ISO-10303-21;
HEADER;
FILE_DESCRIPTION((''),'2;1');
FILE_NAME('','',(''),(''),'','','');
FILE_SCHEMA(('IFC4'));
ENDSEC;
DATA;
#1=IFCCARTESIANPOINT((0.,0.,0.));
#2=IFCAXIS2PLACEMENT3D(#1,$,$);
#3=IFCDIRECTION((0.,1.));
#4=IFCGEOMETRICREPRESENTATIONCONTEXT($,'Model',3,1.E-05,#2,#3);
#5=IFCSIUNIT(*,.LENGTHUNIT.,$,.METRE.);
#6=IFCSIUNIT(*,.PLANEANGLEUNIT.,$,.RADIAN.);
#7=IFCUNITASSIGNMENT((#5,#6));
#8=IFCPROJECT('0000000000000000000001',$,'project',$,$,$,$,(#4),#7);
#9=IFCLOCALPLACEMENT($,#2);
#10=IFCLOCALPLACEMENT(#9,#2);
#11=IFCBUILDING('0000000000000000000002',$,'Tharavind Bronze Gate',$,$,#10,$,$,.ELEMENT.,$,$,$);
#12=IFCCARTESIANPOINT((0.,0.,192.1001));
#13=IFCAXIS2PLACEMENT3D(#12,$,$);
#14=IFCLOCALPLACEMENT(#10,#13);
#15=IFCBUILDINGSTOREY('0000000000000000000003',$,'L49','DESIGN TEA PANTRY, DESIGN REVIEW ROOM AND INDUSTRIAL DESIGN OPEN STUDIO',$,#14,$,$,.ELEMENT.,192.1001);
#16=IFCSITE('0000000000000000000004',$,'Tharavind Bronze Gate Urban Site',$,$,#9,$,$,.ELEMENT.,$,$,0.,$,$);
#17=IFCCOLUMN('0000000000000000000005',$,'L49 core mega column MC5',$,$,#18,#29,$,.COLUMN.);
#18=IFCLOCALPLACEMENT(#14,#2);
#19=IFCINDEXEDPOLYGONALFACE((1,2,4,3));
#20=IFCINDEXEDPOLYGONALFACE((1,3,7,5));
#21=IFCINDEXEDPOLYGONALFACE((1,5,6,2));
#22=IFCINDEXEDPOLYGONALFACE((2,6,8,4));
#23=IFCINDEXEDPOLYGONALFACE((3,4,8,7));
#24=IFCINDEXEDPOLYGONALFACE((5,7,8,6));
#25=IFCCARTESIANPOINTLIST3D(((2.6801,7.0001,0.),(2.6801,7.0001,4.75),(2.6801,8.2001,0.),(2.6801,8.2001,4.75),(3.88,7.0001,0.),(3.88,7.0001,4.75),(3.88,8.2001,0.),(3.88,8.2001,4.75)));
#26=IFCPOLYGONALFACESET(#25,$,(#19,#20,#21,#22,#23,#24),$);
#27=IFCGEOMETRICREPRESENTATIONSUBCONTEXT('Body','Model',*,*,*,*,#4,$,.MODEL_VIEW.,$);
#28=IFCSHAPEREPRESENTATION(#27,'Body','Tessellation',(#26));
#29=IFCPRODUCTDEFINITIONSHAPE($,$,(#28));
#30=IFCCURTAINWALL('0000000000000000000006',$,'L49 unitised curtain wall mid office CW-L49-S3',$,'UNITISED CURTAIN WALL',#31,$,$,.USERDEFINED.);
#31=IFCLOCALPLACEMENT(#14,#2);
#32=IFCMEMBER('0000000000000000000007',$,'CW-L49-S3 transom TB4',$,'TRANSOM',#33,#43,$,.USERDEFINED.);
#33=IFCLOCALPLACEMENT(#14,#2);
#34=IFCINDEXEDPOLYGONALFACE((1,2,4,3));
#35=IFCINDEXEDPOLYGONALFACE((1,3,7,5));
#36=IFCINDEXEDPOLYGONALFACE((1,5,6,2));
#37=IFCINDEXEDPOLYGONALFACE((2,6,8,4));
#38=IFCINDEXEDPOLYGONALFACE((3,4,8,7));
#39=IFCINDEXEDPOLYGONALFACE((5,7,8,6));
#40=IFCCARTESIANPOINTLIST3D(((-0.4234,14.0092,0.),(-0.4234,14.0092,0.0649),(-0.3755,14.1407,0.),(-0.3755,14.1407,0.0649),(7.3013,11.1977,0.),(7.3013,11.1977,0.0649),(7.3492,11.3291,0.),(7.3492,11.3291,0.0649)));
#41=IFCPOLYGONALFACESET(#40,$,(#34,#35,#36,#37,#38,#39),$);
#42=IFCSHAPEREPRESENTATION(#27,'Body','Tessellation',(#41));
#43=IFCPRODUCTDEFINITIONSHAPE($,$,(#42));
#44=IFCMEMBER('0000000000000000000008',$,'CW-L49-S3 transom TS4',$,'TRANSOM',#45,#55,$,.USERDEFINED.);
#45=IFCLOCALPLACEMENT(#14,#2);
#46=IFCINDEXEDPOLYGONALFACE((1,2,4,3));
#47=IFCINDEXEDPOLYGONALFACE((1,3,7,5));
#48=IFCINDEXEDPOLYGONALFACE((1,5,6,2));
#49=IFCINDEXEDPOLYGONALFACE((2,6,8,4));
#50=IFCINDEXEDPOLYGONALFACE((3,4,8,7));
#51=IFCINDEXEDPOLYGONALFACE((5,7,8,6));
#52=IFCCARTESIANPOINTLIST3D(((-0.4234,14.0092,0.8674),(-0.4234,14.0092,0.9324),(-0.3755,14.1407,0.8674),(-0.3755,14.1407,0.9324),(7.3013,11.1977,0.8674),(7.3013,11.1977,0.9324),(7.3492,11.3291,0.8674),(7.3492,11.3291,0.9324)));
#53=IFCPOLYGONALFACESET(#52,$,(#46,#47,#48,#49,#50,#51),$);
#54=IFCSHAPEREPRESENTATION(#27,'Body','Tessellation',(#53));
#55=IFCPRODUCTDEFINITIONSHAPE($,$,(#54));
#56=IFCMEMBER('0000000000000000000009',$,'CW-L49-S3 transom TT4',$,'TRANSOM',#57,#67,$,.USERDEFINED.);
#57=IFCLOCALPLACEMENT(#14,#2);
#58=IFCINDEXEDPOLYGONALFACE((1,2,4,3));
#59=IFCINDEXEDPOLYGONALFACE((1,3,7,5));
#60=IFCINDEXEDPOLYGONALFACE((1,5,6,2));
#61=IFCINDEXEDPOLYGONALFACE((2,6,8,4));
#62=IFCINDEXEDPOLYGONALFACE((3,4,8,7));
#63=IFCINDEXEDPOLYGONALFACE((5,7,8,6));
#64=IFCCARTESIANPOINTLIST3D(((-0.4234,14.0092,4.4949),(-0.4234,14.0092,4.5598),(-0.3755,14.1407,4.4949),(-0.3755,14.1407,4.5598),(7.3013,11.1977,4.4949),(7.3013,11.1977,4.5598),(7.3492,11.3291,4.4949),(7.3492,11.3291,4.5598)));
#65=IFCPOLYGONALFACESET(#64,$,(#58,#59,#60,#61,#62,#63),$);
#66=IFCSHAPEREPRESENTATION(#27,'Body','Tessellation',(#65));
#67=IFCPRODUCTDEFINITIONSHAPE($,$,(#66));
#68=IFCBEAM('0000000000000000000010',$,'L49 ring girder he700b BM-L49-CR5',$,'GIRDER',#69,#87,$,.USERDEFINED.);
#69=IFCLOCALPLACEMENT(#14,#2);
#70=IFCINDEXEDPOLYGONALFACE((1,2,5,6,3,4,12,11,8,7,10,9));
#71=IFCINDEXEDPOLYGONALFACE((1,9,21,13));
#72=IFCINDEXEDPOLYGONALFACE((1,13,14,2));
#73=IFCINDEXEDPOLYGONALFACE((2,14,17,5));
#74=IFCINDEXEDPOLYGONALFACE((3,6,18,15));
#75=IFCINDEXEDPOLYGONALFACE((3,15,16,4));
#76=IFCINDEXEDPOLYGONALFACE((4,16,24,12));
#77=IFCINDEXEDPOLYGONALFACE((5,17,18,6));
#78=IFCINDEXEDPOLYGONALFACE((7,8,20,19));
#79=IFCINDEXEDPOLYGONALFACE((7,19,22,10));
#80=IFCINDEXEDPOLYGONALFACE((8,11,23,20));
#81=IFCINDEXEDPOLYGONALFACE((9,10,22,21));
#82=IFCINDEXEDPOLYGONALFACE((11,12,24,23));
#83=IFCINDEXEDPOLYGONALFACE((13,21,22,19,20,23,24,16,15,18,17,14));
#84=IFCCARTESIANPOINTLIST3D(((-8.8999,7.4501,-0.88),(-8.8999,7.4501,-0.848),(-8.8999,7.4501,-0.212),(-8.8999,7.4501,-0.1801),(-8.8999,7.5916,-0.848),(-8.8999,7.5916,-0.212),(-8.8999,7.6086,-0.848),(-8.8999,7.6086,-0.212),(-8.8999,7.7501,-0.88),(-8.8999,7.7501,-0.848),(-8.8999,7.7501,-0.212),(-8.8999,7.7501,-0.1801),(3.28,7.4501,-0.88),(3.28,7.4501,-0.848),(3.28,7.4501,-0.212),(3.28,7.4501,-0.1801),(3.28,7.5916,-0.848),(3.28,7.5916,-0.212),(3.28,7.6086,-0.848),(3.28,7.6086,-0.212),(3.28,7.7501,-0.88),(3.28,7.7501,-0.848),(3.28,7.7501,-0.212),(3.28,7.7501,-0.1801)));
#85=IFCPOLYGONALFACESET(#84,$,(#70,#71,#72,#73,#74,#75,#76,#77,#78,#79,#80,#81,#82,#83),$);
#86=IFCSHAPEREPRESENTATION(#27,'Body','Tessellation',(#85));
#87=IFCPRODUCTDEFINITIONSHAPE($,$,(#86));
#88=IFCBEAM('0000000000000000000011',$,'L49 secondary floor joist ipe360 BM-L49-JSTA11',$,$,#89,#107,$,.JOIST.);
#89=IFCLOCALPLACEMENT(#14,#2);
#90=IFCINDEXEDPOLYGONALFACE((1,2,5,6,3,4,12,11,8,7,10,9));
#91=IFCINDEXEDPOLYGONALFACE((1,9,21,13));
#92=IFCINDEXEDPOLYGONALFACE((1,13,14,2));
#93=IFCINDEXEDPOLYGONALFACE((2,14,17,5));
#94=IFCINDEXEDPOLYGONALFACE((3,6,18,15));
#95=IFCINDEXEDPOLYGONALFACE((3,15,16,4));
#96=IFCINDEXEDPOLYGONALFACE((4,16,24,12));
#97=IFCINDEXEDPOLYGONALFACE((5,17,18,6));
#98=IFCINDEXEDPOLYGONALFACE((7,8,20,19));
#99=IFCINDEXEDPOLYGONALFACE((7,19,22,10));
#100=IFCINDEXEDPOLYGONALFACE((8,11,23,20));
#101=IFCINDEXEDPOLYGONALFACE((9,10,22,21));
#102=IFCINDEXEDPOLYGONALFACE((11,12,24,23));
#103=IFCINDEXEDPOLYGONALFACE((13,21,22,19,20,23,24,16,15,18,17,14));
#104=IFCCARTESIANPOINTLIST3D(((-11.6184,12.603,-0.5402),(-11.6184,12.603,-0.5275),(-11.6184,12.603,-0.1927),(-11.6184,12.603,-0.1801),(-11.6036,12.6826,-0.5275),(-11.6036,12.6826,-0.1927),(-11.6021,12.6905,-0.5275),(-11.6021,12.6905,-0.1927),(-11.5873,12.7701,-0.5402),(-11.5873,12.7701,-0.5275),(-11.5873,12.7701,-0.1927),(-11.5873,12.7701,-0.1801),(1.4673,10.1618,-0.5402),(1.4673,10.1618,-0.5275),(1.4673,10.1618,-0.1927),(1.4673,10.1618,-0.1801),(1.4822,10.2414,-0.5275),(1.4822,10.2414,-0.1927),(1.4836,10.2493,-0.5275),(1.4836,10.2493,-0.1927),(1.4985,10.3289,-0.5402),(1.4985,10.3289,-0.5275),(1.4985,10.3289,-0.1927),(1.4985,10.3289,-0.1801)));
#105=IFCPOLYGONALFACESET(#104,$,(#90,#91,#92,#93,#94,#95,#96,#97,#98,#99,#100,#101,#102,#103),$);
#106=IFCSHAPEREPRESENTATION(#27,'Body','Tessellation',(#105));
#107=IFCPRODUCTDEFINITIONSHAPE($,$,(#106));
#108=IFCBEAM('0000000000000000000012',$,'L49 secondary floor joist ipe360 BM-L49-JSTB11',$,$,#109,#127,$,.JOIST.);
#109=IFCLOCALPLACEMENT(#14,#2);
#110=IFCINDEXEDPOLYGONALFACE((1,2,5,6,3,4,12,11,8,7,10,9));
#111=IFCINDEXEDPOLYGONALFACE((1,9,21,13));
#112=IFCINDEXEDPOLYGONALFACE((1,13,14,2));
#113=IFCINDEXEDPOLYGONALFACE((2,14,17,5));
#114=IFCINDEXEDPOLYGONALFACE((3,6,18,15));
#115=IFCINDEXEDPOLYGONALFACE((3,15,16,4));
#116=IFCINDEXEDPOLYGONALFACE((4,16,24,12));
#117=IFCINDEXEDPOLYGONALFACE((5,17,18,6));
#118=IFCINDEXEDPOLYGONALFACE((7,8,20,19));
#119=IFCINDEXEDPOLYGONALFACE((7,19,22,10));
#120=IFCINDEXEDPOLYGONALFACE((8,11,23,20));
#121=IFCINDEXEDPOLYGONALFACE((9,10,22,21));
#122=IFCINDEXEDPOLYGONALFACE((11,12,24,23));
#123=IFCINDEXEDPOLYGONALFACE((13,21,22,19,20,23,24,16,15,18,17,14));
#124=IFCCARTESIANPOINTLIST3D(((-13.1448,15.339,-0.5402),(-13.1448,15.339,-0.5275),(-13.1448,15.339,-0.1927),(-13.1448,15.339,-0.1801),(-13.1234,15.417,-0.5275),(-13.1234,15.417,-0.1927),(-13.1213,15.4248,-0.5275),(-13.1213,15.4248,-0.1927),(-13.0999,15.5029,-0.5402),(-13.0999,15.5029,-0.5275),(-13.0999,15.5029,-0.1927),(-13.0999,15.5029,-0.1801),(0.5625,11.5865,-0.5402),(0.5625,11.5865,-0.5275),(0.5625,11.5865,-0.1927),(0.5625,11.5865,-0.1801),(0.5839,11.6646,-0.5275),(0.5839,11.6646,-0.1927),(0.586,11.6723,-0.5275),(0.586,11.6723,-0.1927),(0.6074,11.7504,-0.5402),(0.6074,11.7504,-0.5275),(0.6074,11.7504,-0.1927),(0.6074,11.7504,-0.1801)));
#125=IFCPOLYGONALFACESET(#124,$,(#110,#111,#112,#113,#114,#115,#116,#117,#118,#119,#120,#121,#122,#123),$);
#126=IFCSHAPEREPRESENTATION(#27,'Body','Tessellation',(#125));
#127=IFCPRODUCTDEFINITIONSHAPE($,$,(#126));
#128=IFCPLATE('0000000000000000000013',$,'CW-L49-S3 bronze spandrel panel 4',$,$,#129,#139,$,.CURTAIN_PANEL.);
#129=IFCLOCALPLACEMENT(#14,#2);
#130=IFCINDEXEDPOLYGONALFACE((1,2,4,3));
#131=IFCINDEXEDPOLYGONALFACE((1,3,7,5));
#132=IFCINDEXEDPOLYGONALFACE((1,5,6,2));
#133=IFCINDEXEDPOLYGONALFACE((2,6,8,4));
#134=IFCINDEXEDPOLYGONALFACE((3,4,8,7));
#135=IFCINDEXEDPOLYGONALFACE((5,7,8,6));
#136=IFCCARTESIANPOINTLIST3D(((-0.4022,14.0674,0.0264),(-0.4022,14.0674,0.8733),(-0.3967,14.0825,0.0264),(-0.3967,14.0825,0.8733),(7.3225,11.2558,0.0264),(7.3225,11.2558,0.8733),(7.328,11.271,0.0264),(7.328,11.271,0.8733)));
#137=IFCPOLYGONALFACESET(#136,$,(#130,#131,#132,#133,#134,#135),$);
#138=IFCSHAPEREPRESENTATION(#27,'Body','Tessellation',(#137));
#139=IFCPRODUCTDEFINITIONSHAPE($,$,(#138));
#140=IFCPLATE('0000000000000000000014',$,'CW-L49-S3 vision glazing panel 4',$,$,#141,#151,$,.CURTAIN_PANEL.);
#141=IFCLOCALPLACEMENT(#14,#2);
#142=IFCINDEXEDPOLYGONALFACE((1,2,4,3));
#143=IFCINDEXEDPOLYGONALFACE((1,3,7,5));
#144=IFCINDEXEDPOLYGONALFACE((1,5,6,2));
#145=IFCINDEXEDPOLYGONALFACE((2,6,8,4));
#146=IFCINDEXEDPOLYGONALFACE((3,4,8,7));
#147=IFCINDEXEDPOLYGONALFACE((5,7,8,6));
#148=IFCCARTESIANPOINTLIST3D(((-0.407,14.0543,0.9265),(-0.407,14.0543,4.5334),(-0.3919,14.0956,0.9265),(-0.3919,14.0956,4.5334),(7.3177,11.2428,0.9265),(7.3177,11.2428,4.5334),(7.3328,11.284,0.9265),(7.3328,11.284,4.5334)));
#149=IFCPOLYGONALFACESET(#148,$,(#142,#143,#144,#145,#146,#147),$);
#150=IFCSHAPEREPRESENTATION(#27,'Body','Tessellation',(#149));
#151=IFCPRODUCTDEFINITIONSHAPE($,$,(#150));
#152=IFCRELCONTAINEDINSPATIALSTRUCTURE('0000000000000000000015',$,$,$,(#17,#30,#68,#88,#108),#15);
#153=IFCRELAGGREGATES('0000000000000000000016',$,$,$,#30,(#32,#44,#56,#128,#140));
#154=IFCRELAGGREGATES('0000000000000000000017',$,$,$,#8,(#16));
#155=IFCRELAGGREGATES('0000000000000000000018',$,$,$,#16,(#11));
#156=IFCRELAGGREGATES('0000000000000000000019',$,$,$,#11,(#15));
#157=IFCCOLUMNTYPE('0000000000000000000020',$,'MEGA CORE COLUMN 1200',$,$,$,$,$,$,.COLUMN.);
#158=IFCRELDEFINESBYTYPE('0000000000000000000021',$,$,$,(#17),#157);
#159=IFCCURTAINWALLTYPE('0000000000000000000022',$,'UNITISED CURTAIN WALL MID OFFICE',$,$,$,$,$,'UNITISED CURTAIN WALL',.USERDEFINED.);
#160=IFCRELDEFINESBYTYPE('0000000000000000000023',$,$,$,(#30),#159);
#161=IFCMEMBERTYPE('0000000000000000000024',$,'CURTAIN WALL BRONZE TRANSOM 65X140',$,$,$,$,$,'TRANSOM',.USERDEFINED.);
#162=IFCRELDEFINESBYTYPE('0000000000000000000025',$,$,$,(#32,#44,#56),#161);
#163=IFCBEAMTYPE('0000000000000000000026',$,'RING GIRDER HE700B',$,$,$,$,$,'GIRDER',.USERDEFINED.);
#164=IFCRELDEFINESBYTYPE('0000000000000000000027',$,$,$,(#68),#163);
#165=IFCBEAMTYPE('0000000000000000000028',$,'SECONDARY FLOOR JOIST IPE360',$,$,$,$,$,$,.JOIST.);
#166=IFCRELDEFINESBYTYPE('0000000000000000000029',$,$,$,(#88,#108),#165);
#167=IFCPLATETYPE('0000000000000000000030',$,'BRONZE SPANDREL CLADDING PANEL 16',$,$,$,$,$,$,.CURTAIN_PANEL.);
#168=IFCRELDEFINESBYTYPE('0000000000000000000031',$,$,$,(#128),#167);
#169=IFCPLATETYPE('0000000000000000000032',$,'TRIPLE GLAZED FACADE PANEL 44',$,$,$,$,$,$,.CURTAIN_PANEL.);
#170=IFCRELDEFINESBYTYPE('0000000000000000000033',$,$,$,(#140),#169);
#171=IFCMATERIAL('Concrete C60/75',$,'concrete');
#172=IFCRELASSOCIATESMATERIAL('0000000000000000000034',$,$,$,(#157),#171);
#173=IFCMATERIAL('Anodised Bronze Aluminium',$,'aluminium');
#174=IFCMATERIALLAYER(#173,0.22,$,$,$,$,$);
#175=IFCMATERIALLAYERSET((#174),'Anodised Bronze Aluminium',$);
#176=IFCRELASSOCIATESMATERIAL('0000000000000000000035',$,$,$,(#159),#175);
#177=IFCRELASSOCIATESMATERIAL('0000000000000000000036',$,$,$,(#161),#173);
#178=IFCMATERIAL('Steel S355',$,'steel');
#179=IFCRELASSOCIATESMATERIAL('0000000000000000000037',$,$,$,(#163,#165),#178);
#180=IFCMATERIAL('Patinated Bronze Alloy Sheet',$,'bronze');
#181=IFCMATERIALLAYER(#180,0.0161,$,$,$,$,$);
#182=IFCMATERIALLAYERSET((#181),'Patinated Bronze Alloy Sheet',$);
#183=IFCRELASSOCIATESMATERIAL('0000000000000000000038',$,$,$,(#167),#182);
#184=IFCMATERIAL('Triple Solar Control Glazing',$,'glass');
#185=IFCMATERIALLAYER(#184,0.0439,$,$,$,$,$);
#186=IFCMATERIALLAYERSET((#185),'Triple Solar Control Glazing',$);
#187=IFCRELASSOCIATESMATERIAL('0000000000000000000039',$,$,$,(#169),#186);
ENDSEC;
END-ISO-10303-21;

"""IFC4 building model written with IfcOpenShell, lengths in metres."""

from ifc_helpers import new_model, si_unit, direction, frame, origin, origin_2d, place, context, subcontext, project, spatial, rectangle, i_section, extrude, material, layer, layer_set, material_profile, profile_set, type_object, element, aggregate, save


model = new_model("IFC4")

# Units and contexts
model_context = context("Model", 3, precision=1e-05, world=origin(), true_north=direction((0.0, 1.0)))
body_context = subcontext(model_context, "Body", "Model", "MODEL_VIEW")
ifc_project = project(units=[si_unit("LENGTHUNIT", "METRE"), si_unit("PLANEANGLEUNIT", "RADIAN")], contexts=[model_context])

# Site, building, storey
site_placement = place(None, origin())
site = spatial("IfcSite", under=ifc_project, at=site_placement, Name="Tharavind Bronze Gate Urban Site", CompositionType="ELEMENT", RefElevation=0.0)
building_placement = place(site_placement, origin())
building = spatial("IfcBuilding", under=site, at=building_placement, Name="Tharavind Bronze Gate", CompositionType="ELEMENT")
storey_placement = place(building_placement, frame((0.0, 0.0, 192.1001)))
storey = spatial("IfcBuildingStorey", under=building, at=storey_placement, Name="L49", Description="DESIGN TEA PANTRY, DESIGN REVIEW ROOM AND INDUSTRIAL DESIGN OPEN STUDIO", CompositionType="ELEMENT", Elevation=192.1001)

# Column
ifc_material_1 = material(Name="Concrete C60/75", Category="concrete")
ifc_material_profile_1 = material_profile(ifc_material_1, rectangle(XDim=1.2, YDim=1.2, at=origin_2d()), Name="RCCOL1200")
ifc_profile_set_1 = profile_set([ifc_material_profile_1], Name="Concrete C60/75")
column_type = type_object("IfcColumnType", Name="MEGA CORE COLUMN 1200", PredefinedType="COLUMN", material=ifc_profile_set_1)
column_placement = place(storey_placement, frame((3.28, 7.6001, 0.0), z_axis=(0.0, 0.0, 1.0), x_axis=(1.0, 0.0, 0.0)))
element("IfcColumn", 1, at=column_placement, inside=storey, type_object=column_type, Name="L49 core mega column MC5", PredefinedType="COLUMN", context=body_context, shape_type="SweptSolid", body=[
    extrude(rectangle(XDim=1.2, YDim=1.2, at=origin_2d()), origin(), (0.0, 0.0, 1.0), 4.75),
])

# Curtain wall, members
ifc_material_2 = material(Name="Anodised Bronze Aluminium", Category="aluminium")
ifc_layer_1 = layer(ifc_material_2, 0.22)
ifc_layer_set_1 = layer_set([ifc_layer_1], Name="Anodised Bronze Aluminium")
curtain_wall_type = type_object("IfcCurtainWallType", Name="UNITISED CURTAIN WALL MID OFFICE", ElementType="UNITISED CURTAIN WALL", PredefinedType="USERDEFINED", material=ifc_layer_set_1)
curtain_wall_placement = place(storey_placement, origin())
curtain_wall = element("IfcCurtainWall", 2, at=curtain_wall_placement, inside=storey, type_object=curtain_wall_type, Name="L49 unitised curtain wall mid office CW-L49-S3", ObjectType="UNITISED CURTAIN WALL", PredefinedType="USERDEFINED")
member_type = type_object("IfcMemberType", Name="CURTAIN WALL BRONZE TRANSOM 65X140", ElementType="TRANSOM", PredefinedType="USERDEFINED", material=ifc_material_2)
member_1_placement = place(storey_placement, frame((3.4629, 12.6692, 0.0), z_axis=(0.0, 0.0, 1.0), x_axis=(-0.939692, 0.342022, 0.0)))
member_1 = element("IfcMember", 3, at=member_1_placement, type_object=member_type, Name="CW-L49-S3 transom TB4", ObjectType="TRANSOM", PredefinedType="USERDEFINED", context=body_context, shape_type="SweptSolid", body=[
    extrude(rectangle(XDim=8.2205, YDim=0.1399, at=origin_2d()), origin(), (0.0, 0.0, 1.0), 0.0649),
])
member_2_placement = place(storey_placement, frame((3.4629, 12.6692, 0.8674), z_axis=(0.0, 0.0, 1.0), x_axis=(-0.939692, 0.342022, 0.0)))
member_2 = element("IfcMember", 4, at=member_2_placement, type_object=member_type, Name="CW-L49-S3 transom TS4", ObjectType="TRANSOM", PredefinedType="USERDEFINED", context=body_context, shape_type="SweptSolid", body=[
    extrude(rectangle(XDim=8.2205, YDim=0.1399, at=origin_2d()), origin(), (0.0, 0.0, 1.0), 0.0649),
])
member_3_placement = place(storey_placement, frame((3.4629, 12.6692, 4.4949), z_axis=(0.0, 0.0, 1.0), x_axis=(-0.939692, 0.342022, 0.0)))
member_3 = element("IfcMember", 5, at=member_3_placement, type_object=member_type, Name="CW-L49-S3 transom TT4", ObjectType="TRANSOM", PredefinedType="USERDEFINED", context=body_context, shape_type="SweptSolid", body=[
    extrude(rectangle(XDim=8.2205, YDim=0.1399, at=origin_2d()), origin(), (0.0, 0.0, 1.0), 0.0649),
])

# Beams
ifc_material_3 = material(Name="Steel S355", Category="steel")
ifc_material_profile_2 = material_profile(ifc_material_3, i_section(OverallWidth=0.3, OverallDepth=0.7, WebThickness=0.0171, FlangeThickness=0.032, at=origin_2d()), Name="HE700B")
ifc_profile_set_2 = profile_set([ifc_material_profile_2], Name="Steel S355")
beam_type_1 = type_object("IfcBeamType", Name="RING GIRDER HE700B", ElementType="GIRDER", PredefinedType="USERDEFINED", material=ifc_profile_set_2)
beam_1_placement = place(storey_placement, frame((3.28, 7.6001, -0.53), z_axis=(-1.0, 0.0, 0.0), x_axis=(0.0, -1.0, 0.0)))
element("IfcBeam", 6, at=beam_1_placement, inside=storey, type_object=beam_type_1, Name="L49 ring girder he700b BM-L49-CR5", ObjectType="GIRDER", PredefinedType="USERDEFINED", context=body_context, shape_type="SweptSolid", body=[
    extrude(i_section(OverallWidth=0.3, OverallDepth=0.7, WebThickness=0.0171, FlangeThickness=0.032, at=origin_2d()), origin(), (0.0, 0.0, 1.0), 12.1799),
])
ifc_material_profile_3 = material_profile(ifc_material_3, i_section(OverallWidth=0.1699, OverallDepth=0.3601, WebThickness=0.0081, FlangeThickness=0.0127, at=origin_2d()), Name="IPE360")
ifc_profile_set_3 = profile_set([ifc_material_profile_3], Name="Steel S355")
beam_type_2 = type_object("IfcBeamType", Name="SECONDARY FLOOR JOIST IPE360", PredefinedType="JOIST", material=ifc_profile_set_3)
beam_2_placement = place(storey_placement, frame((1.4829, 10.2454, -0.3601), z_axis=(-0.983041, 0.183388, 0.0), x_axis=(-0.183388, -0.983041, 0.0)))
element("IfcBeam", 7, at=beam_2_placement, inside=storey, type_object=beam_type_2, Name="L49 secondary floor joist ipe360 BM-L49-JSTA11", PredefinedType="JOIST", context=body_context, shape_type="SweptSolid", body=[
    extrude(i_section(OverallWidth=0.1699, OverallDepth=0.3601, WebThickness=0.0081, FlangeThickness=0.0127, at=origin_2d()), origin(), (0.0, 0.0, 1.0), 13.3115),
])
beam_3_placement = place(storey_placement, frame((0.585, 11.6685, -0.3601), z_axis=(-0.964512, 0.26404, 0.0), x_axis=(-0.26404, -0.964512, 0.0)))
element("IfcBeam", 8, at=beam_3_placement, inside=storey, type_object=beam_type_2, Name="L49 secondary floor joist ipe360 BM-L49-JSTB11", PredefinedType="JOIST", context=body_context, shape_type="SweptSolid", body=[
    extrude(i_section(OverallWidth=0.1699, OverallDepth=0.3601, WebThickness=0.0081, FlangeThickness=0.0127, at=origin_2d()), origin(), (0.0, 0.0, 1.0), 14.2117),
])

# Plates
ifc_material_4 = material(Name="Patinated Bronze Alloy Sheet", Category="bronze")
ifc_layer_2 = layer(ifc_material_4, 0.0161)
ifc_layer_set_2 = layer_set([ifc_layer_2], Name="Patinated Bronze Alloy Sheet")
plate_type_1 = type_object("IfcPlateType", Name="BRONZE SPANDREL CLADDING PANEL 16", PredefinedType="CURTAIN_PANEL", material=ifc_layer_set_2)
plate_1_placement = place(storey_placement, frame((3.4629, 12.6692, 0.0264), z_axis=(0.0, 0.0, 1.0), x_axis=(-0.939692, 0.342022, 0.0)))
plate_1 = element("IfcPlate", 9, at=plate_1_placement, type_object=plate_type_1, Name="CW-L49-S3 bronze spandrel panel 4", PredefinedType="CURTAIN_PANEL", context=body_context, shape_type="SweptSolid", body=[
    extrude(rectangle(XDim=8.2205, YDim=0.0161, at=origin_2d()), origin(), (0.0, 0.0, 1.0), 0.8469),
])
ifc_material_5 = material(Name="Triple Solar Control Glazing", Category="glass")
ifc_layer_3 = layer(ifc_material_5, 0.0439)
ifc_layer_set_3 = layer_set([ifc_layer_3], Name="Triple Solar Control Glazing")
plate_type_2 = type_object("IfcPlateType", Name="TRIPLE GLAZED FACADE PANEL 44", PredefinedType="CURTAIN_PANEL", material=ifc_layer_set_3)
plate_2_placement = place(storey_placement, frame((3.4629, 12.6692, 0.9265), z_axis=(0.0, 0.0, 1.0), x_axis=(-0.939692, 0.342022, 0.0)))
plate_2 = element("IfcPlate", 10, at=plate_2_placement, type_object=plate_type_2, Name="CW-L49-S3 vision glazing panel 4", PredefinedType="CURTAIN_PANEL", context=body_context, shape_type="SweptSolid", body=[
    extrude(rectangle(XDim=8.2205, YDim=0.0439, at=origin_2d()), origin(), (0.0, 0.0, 1.0), 3.6069),
])
aggregate(curtain_wall, [member_1, member_2, member_3, plate_1, plate_2])

save(model, "model.ifc")
